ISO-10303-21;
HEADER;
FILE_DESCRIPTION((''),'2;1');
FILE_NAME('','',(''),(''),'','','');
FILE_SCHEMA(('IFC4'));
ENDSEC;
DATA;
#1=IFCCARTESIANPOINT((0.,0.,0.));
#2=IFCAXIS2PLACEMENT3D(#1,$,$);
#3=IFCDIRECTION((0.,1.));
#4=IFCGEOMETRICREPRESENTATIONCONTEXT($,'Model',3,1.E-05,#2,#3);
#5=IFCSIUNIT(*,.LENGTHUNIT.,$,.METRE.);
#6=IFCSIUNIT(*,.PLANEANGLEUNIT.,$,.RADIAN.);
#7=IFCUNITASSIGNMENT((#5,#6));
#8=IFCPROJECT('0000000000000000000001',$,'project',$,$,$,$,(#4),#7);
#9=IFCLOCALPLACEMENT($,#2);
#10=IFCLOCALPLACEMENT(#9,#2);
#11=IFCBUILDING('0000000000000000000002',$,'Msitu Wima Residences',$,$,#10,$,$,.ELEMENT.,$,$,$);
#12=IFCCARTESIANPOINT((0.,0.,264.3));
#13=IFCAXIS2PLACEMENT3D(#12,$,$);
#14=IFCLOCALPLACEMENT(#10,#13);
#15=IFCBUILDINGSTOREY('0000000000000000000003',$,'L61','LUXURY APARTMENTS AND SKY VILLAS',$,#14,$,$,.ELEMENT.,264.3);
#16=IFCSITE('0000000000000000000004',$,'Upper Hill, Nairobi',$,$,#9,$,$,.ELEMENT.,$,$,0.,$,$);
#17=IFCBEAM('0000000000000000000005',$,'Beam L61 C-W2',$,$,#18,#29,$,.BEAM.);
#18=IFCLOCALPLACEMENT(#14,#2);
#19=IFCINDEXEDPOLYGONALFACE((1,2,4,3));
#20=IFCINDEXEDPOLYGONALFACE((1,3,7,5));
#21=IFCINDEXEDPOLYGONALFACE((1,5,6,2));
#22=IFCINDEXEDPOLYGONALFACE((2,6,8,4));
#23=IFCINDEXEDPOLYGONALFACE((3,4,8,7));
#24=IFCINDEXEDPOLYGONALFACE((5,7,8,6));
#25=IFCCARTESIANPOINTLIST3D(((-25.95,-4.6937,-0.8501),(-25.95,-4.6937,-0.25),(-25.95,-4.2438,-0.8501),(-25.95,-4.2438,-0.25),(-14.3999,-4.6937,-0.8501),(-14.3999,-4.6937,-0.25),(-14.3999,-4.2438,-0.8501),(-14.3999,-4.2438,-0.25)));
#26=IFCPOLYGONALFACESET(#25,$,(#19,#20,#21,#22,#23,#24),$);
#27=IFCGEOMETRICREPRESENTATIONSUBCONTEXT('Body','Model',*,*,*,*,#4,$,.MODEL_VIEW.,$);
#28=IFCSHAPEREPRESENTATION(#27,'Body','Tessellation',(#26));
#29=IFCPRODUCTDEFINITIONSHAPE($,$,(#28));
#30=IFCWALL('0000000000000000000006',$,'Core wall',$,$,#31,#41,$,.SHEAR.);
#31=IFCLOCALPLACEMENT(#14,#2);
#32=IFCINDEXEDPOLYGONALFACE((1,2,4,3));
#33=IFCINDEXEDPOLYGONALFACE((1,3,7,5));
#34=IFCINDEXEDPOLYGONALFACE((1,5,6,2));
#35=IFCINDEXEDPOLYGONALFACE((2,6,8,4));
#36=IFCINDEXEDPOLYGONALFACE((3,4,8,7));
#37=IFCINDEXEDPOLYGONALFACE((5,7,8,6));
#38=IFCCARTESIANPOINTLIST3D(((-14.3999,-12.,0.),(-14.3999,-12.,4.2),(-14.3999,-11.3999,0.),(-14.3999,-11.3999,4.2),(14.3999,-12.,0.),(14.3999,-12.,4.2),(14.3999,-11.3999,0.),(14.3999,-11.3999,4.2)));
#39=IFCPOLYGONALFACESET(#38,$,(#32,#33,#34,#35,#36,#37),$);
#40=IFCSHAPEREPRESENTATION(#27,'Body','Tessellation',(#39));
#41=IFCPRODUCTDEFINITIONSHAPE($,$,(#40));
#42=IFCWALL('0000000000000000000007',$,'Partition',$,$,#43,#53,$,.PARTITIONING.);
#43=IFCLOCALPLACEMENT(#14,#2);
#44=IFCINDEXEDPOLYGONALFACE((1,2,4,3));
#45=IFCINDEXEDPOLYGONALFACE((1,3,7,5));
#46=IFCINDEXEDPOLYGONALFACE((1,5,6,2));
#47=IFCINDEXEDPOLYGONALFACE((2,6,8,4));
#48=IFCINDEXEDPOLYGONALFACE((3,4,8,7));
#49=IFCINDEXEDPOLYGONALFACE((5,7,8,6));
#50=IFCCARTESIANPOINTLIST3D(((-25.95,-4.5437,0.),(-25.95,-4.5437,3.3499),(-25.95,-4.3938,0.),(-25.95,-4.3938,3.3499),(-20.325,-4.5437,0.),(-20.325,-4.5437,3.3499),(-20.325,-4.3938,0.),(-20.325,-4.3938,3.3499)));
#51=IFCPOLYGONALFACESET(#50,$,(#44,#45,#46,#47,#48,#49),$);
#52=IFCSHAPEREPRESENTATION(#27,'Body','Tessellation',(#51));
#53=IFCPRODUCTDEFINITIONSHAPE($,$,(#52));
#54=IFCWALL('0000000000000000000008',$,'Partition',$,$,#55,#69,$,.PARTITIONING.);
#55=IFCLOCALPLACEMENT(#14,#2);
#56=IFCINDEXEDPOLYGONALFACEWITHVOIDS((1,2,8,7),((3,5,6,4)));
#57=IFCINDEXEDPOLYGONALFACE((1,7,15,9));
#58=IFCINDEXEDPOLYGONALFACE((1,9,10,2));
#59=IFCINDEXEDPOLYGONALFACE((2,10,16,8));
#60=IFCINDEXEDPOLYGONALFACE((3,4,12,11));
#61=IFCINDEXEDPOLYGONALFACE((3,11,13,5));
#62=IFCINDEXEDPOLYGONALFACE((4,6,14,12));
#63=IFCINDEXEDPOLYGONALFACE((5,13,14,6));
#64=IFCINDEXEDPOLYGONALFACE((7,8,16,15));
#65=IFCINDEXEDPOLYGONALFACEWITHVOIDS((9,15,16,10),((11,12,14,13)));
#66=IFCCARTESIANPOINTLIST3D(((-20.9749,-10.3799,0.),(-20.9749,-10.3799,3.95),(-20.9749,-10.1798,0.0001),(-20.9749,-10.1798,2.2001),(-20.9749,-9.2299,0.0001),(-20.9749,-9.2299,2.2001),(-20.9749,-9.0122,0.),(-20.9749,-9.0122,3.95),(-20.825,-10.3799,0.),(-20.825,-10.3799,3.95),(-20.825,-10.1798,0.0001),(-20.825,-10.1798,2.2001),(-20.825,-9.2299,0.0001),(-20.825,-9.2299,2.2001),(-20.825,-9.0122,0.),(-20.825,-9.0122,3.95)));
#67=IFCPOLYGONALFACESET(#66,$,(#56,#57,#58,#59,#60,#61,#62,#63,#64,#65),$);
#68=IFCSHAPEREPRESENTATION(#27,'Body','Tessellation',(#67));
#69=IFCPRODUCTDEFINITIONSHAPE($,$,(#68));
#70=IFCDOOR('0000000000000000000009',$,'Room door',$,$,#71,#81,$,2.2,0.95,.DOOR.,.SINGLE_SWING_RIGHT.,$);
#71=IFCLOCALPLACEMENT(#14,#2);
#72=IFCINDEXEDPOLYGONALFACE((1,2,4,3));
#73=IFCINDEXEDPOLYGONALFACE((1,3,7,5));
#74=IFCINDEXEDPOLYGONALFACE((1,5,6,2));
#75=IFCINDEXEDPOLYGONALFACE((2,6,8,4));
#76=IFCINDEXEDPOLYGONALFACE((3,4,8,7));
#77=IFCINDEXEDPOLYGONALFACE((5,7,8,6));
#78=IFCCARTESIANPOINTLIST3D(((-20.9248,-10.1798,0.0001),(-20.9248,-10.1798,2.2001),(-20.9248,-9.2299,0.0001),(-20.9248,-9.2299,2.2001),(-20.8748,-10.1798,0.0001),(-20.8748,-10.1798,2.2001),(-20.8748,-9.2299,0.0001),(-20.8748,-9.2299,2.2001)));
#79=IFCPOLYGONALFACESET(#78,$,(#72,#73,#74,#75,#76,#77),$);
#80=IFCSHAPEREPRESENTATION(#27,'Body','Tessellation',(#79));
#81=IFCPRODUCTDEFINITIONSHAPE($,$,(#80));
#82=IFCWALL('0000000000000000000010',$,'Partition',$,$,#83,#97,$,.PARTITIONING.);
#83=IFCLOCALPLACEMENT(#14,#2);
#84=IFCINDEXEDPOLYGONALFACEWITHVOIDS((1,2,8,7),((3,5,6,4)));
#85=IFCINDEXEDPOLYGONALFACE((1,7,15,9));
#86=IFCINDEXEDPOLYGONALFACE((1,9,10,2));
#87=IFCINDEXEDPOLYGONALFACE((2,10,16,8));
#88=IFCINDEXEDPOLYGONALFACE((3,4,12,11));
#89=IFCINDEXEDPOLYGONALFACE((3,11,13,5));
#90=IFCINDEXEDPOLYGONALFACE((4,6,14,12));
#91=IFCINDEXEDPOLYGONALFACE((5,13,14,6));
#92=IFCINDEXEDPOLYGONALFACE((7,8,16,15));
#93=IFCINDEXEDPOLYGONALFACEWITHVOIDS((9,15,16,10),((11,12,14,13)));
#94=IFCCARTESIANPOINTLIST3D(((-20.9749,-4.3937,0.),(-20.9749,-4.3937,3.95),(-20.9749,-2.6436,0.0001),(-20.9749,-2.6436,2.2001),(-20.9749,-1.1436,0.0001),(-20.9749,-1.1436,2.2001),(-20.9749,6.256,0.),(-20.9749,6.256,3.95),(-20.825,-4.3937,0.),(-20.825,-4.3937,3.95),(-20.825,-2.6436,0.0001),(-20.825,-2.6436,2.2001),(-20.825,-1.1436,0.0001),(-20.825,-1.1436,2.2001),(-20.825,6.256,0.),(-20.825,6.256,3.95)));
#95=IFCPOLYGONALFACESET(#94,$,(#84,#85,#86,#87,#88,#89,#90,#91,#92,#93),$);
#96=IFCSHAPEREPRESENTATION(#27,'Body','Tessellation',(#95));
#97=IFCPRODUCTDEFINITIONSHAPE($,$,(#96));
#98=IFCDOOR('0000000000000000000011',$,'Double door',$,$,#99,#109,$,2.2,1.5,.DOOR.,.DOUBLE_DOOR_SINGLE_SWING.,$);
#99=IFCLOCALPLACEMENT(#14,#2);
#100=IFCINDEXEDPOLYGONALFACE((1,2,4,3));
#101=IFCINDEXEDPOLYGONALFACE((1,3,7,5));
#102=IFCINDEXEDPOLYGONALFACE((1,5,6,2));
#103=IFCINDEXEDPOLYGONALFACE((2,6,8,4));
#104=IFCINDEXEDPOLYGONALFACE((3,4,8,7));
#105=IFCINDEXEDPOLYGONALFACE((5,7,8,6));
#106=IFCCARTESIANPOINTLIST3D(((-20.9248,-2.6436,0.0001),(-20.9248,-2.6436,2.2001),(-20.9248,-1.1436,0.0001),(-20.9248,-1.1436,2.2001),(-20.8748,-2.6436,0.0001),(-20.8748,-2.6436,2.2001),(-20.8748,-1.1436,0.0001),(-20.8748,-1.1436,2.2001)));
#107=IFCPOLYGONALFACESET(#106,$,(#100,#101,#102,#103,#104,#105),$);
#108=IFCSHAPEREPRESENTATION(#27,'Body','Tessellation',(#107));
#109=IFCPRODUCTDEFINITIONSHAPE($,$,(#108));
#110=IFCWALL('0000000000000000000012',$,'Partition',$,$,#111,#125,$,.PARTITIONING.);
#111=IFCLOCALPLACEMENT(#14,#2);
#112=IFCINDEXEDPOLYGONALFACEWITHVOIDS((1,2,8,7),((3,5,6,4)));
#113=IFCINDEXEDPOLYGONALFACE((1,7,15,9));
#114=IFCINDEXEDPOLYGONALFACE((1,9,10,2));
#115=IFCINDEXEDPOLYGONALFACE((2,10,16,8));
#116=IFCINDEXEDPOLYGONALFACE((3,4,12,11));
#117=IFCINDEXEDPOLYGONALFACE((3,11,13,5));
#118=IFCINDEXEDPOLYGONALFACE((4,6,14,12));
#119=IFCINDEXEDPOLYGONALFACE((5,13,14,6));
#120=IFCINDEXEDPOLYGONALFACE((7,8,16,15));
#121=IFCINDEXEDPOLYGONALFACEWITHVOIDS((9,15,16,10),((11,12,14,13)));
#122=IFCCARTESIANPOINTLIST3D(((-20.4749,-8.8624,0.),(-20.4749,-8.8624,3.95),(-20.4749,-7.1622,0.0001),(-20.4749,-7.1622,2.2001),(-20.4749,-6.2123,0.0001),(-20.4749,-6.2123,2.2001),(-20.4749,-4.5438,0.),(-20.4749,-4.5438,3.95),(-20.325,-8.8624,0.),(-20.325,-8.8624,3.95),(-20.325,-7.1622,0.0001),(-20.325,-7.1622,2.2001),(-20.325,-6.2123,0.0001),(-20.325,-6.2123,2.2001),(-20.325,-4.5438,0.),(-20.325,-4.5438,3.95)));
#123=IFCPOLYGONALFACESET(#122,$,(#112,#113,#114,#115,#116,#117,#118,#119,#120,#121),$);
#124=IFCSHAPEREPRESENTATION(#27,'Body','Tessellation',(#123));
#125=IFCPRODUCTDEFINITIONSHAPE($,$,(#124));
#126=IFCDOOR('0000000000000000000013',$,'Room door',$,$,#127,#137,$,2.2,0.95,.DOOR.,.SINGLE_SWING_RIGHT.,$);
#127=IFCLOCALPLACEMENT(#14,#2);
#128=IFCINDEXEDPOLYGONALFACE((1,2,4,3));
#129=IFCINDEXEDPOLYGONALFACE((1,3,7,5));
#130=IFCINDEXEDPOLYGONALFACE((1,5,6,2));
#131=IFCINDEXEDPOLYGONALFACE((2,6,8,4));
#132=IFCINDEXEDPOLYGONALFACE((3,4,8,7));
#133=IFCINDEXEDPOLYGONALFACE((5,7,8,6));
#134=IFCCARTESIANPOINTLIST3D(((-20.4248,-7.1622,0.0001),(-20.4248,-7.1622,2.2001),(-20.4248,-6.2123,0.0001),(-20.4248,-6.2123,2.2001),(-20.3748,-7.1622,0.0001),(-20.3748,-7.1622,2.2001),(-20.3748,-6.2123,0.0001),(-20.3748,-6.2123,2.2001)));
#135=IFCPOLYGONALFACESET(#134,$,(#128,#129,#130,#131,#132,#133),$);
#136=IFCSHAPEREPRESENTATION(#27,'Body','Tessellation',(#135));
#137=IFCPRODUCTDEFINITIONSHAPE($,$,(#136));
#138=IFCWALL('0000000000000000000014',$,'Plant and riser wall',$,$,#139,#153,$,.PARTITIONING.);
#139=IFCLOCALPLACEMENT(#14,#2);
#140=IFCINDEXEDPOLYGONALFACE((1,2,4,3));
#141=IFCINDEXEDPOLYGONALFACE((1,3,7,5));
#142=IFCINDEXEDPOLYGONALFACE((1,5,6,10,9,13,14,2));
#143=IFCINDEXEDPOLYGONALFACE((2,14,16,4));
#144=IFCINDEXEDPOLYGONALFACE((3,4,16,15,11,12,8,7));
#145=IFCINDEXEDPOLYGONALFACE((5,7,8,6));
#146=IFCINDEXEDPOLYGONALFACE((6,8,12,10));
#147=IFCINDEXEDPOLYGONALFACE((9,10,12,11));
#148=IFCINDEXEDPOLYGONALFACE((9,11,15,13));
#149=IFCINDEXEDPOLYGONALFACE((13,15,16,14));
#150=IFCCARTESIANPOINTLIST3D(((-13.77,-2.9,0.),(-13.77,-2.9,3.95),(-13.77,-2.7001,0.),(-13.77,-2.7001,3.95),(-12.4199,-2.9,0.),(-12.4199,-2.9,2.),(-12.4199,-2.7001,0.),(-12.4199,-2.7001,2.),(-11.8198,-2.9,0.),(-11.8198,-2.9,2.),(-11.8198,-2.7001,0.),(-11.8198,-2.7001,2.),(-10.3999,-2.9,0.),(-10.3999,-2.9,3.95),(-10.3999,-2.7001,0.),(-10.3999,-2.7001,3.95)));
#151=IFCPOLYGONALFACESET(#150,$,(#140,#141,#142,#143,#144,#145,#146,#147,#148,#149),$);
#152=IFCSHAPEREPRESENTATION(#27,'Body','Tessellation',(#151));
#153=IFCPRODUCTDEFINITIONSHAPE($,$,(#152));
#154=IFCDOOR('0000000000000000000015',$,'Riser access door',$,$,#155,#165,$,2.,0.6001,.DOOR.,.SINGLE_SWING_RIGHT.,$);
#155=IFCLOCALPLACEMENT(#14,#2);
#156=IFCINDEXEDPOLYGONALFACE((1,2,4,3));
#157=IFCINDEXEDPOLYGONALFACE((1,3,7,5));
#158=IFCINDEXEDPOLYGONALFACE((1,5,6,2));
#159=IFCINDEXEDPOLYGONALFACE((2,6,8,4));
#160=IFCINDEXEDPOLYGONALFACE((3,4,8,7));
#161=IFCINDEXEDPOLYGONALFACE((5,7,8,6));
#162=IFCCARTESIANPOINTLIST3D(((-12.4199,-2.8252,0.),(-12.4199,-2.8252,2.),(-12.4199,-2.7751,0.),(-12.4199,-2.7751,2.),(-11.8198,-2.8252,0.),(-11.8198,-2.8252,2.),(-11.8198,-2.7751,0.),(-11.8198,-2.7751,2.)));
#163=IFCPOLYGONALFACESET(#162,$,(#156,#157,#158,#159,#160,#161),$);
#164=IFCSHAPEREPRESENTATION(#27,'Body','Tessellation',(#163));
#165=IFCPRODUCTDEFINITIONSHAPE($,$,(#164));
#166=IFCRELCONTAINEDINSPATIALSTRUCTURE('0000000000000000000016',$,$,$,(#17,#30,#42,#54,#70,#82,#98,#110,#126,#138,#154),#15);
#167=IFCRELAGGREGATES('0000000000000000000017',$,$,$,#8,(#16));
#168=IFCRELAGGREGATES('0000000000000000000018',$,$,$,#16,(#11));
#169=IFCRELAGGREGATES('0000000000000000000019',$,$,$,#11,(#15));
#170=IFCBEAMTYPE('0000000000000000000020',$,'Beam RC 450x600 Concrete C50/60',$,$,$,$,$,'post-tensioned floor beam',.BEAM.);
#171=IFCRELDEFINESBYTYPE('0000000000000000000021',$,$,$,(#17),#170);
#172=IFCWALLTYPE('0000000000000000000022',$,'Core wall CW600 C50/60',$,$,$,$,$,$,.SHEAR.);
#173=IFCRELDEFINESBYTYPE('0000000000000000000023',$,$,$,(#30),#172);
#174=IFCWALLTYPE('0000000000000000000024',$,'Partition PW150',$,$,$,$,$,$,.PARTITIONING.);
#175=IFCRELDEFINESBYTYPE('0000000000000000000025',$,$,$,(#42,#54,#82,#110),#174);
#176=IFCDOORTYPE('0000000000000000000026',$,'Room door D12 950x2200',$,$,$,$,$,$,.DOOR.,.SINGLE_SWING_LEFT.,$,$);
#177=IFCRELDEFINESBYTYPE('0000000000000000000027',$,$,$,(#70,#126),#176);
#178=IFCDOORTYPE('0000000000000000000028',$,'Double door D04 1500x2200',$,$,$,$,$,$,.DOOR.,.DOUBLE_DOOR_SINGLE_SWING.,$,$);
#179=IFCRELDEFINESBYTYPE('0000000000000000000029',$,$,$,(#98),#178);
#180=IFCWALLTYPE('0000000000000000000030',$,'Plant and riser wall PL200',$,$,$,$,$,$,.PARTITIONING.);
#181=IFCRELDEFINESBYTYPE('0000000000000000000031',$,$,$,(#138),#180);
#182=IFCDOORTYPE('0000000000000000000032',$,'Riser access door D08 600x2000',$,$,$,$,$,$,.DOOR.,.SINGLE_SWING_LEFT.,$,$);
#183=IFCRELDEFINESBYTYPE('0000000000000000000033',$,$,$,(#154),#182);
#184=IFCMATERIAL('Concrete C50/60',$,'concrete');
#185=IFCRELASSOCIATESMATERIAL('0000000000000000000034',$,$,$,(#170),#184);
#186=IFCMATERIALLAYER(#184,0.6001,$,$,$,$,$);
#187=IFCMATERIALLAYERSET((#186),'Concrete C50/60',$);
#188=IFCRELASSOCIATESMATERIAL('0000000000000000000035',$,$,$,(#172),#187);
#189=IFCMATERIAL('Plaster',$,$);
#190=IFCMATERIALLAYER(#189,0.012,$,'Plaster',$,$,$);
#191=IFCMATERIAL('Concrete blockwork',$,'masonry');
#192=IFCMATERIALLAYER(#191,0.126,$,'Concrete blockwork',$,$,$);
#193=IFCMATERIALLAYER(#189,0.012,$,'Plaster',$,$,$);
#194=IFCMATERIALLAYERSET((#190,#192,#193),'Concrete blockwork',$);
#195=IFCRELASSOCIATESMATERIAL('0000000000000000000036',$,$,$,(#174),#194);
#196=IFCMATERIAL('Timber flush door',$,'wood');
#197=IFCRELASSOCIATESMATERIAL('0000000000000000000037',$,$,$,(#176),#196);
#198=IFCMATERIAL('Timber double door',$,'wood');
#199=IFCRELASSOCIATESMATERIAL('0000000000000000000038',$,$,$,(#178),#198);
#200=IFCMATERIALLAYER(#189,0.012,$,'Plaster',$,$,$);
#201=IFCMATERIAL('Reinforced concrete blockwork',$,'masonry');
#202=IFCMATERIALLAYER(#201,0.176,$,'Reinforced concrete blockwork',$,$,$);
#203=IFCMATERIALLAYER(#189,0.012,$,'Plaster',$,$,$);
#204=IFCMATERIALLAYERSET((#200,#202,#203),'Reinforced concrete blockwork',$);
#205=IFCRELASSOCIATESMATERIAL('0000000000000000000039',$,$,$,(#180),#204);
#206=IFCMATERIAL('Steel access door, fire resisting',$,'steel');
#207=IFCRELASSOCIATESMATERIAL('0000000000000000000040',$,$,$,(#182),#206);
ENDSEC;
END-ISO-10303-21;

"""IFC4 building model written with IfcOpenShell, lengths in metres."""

from ifc_helpers import new_model, si_unit, direction, frame, frame_2d, origin, origin_2d, place, context, subcontext, project, spatial, rectangle, extrude, material, layer, layer_set, material_profile, profile_set, type_object, element, fill, save


model = new_model("IFC4")

# Units and contexts
model_context = context("Model", 3, precision=1e-05, world=origin(), true_north=direction((0.0, 1.0)))
body_context = subcontext(model_context, "Body", "Model", "MODEL_VIEW")
ifc_project = project(units=[si_unit("LENGTHUNIT", "METRE"), si_unit("PLANEANGLEUNIT", "RADIAN")], contexts=[model_context])

# Site, building, storey
site_placement = place(None, origin())
site = spatial("IfcSite", under=ifc_project, at=site_placement, Name="Upper Hill, Nairobi", CompositionType="ELEMENT", RefElevation=0.0)
building_placement = place(site_placement, origin())
building = spatial("IfcBuilding", under=site, at=building_placement, Name="Msitu Wima Residences", CompositionType="ELEMENT")
storey_placement = place(building_placement, frame((0.0, 0.0, 264.3)))
storey = spatial("IfcBuildingStorey", under=building, at=storey_placement, Name="L61", Description="LUXURY APARTMENTS AND SKY VILLAS", CompositionType="ELEMENT", Elevation=264.3)

# Beam
ifc_material_1 = material(Name="Concrete C50/60", Category="concrete")
ifc_material_profile = material_profile(ifc_material_1, rectangle(XDim=0.45, YDim=0.6001, at=origin_2d()), Name="RC 450x600")
ifc_profile_set = profile_set([ifc_material_profile], Name="Concrete C50/60")
beam_type = type_object("IfcBeamType", Name="Beam RC 450x600 Concrete C50/60", ElementType="post-tensioned floor beam", PredefinedType="BEAM", material=ifc_profile_set)
beam_placement = place(storey_placement, frame((-25.95, -4.4688, -0.55), z_axis=(1.0, 0.0, 0.0), x_axis=(0.0, 1.0, 0.0)))
element("IfcBeam", 1, at=beam_placement, inside=storey, type_object=beam_type, Name="Beam L61 C-W2", PredefinedType="BEAM", context=body_context, shape_type="SweptSolid", body=[
    extrude(rectangle(XDim=0.45, YDim=0.6001, at=origin_2d()), origin(), (0.0, 0.0, 1.0), 11.55),
])

# Wall
ifc_layer_1 = layer(ifc_material_1, 0.6001)
ifc_layer_set_1 = layer_set([ifc_layer_1], Name="Concrete C50/60")
wall_type_1 = type_object("IfcWallType", Name="Core wall CW600 C50/60", PredefinedType="SHEAR", material=ifc_layer_set_1)
wall_1_placement = place(storey_placement, frame((-14.3999, -11.7, 0.0), z_axis=(0.0, 0.0, 1.0), x_axis=(1.0, 0.0, 0.0)))
element("IfcWall", 2, at=wall_1_placement, inside=storey, type_object=wall_type_1, Name="Core wall", PredefinedType="SHEAR", context=body_context, shape_type="SweptSolid", body=[
    extrude(rectangle(XDim=28.7998, YDim=0.6001, at=frame_2d((14.3999, 0.0))), origin(), (0.0, 0.0, 1.0), 4.2),
])

# Wall
ifc_material_2 = material(Name="Plaster")
ifc_layer_2 = layer(ifc_material_2, 0.012, Name="Plaster")
ifc_material_3 = material(Name="Concrete blockwork", Category="masonry")
ifc_layer_3 = layer(ifc_material_3, 0.126, Name="Concrete blockwork")
ifc_layer_4 = layer(ifc_material_2, 0.012, Name="Plaster")
ifc_layer_set_2 = layer_set([ifc_layer_2, ifc_layer_3, ifc_layer_4], Name="Concrete blockwork")
wall_type_2 = type_object("IfcWallType", Name="Partition PW150", PredefinedType="PARTITIONING", material=ifc_layer_set_2)
wall_2_placement = place(storey_placement, frame((-25.95, -4.4688, 0.0), z_axis=(0.0, 0.0, 1.0), x_axis=(1.0, 0.0, 0.0)))
element("IfcWall", 3, at=wall_2_placement, inside=storey, type_object=wall_type_2, Name="Partition", PredefinedType="PARTITIONING", context=body_context, shape_type="SweptSolid", body=[
    extrude(rectangle(XDim=5.625, YDim=0.1499, at=frame_2d((2.8125, 0.0))), origin(), (0.0, 0.0, 1.0), 3.3499),
])

# Walls, openings, doors
wall_3_placement = place(storey_placement, frame((-20.8999, -10.3799, 0.0), z_axis=(0.0, 0.0, 1.0), x_axis=(0.0, 1.0, 0.0)))
wall_3 = element("IfcWall", 4, at=wall_3_placement, inside=storey, type_object=wall_type_2, Name="Partition", PredefinedType="PARTITIONING", context=body_context, shape_type="SweptSolid", body=[
    extrude(rectangle(XDim=1.3677, YDim=0.1499, at=frame_2d((0.6838, 0.0))), origin(), (0.0, 0.0, 1.0), 3.95),
])
opening_1_placement = place(wall_3_placement, frame((0.2, 0.0, 0.0)))
opening_1 = element("IfcOpeningElement", 5, at=opening_1_placement, cuts=wall_3, PredefinedType="OPENING", context=body_context, shape_type="SweptSolid", body=[
    extrude(rectangle(XDim=0.95, YDim=2.2, at=frame_2d((0.4751, 1.1001))), frame((0.0, 0.085, 0.0), z_axis=(0.0, -1.0, 0.0), x_axis=(1.0, 0.0, 0.0)), (0.0, 0.0, 1.0), 0.1699),
])
ifc_material_4 = material(Name="Timber flush door", Category="wood")
door_type_1 = type_object("IfcDoorType", Name="Room door D12 950x2200", OperationType="SINGLE_SWING_LEFT", PredefinedType="DOOR", material=ifc_material_4)
door_1_placement = place(opening_1_placement, origin())
door_1 = element("IfcDoor", 6, at=door_1_placement, inside=storey, type_object=door_type_1, Name="Room door", OperationType="SINGLE_SWING_RIGHT", OverallHeight=2.2, OverallWidth=0.95, PredefinedType="DOOR", context=body_context, shape_type="SweptSolid", body=[
    extrude(rectangle(XDim=0.95, YDim=2.2, at=frame_2d((0.4751, 1.1001))), frame((0.0, 0.0249, 0.0), z_axis=(0.0, -1.0, 0.0), x_axis=(1.0, 0.0, 0.0)), (0.0, 0.0, 1.0), 0.05),
])
fill(opening_1, door_1)
wall_4_placement = place(storey_placement, frame((-20.8999, -4.3936, 0.0), z_axis=(0.0, 0.0, 1.0), x_axis=(0.0, 1.0, 0.0)))
wall_4 = element("IfcWall", 7, at=wall_4_placement, inside=storey, type_object=wall_type_2, Name="Partition", PredefinedType="PARTITIONING", context=body_context, shape_type="SweptSolid", body=[
    extrude(rectangle(XDim=10.6497, YDim=0.1499, at=frame_2d((5.3247, 0.0))), origin(), (0.0, 0.0, 1.0), 3.95),
])
opening_2_placement = place(wall_4_placement, frame((1.75, 0.0, 0.0)))
opening_2 = element("IfcOpeningElement", 8, at=opening_2_placement, cuts=wall_4, PredefinedType="OPENING", context=body_context, shape_type="SweptSolid", body=[
    extrude(rectangle(XDim=1.5, YDim=2.2, at=frame_2d((0.75, 1.1001))), frame((0.0, 0.085, 0.0), z_axis=(0.0, -1.0, 0.0), x_axis=(1.0, 0.0, 0.0)), (0.0, 0.0, 1.0), 0.1699),
])
ifc_material_5 = material(Name="Timber double door", Category="wood")
door_type_2 = type_object("IfcDoorType", Name="Double door D04 1500x2200", OperationType="DOUBLE_DOOR_SINGLE_SWING", PredefinedType="DOOR", material=ifc_material_5)
door_2_placement = place(opening_2_placement, origin())
door_2 = element("IfcDoor", 9, at=door_2_placement, inside=storey, type_object=door_type_2, Name="Double door", OperationType="DOUBLE_DOOR_SINGLE_SWING", OverallHeight=2.2, OverallWidth=1.5, PredefinedType="DOOR", context=body_context, shape_type="SweptSolid", body=[
    extrude(rectangle(XDim=1.5, YDim=2.2, at=frame_2d((0.75, 1.1001))), frame((0.0, 0.0249, 0.0), z_axis=(0.0, -1.0, 0.0), x_axis=(1.0, 0.0, 0.0)), (0.0, 0.0, 1.0), 0.05),
])
fill(opening_2, door_2)
wall_5_placement = place(storey_placement, frame((-20.3999, -8.8623, 0.0), z_axis=(0.0, 0.0, 1.0), x_axis=(0.0, 1.0, 0.0)))
wall_5 = element("IfcWall", 10, at=wall_5_placement, inside=storey, type_object=wall_type_2, Name="Partition", PredefinedType="PARTITIONING", context=body_context, shape_type="SweptSolid", body=[
    extrude(rectangle(XDim=4.3186, YDim=0.1499, at=frame_2d((2.1592, 0.0))), origin(), (0.0, 0.0, 1.0), 3.95),
])
opening_3_placement = place(wall_5_placement, frame((1.7, 0.0, 0.0)))
opening_3 = element("IfcOpeningElement", 11, at=opening_3_placement, cuts=wall_5, PredefinedType="OPENING", context=body_context, shape_type="SweptSolid", body=[
    extrude(rectangle(XDim=0.95, YDim=2.2, at=frame_2d((0.4751, 1.1001))), frame((0.0, 0.085, 0.0), z_axis=(0.0, -1.0, 0.0), x_axis=(1.0, 0.0, 0.0)), (0.0, 0.0, 1.0), 0.1699),
])
door_3_placement = place(opening_3_placement, origin())
door_3 = element("IfcDoor", 12, at=door_3_placement, inside=storey, type_object=door_type_1, Name="Room door", OperationType="SINGLE_SWING_RIGHT", OverallHeight=2.2, OverallWidth=0.95, PredefinedType="DOOR", context=body_context, shape_type="SweptSolid", body=[
    extrude(rectangle(XDim=0.95, YDim=2.2, at=frame_2d((0.4751, 1.1001))), frame((0.0, 0.0249, 0.0), z_axis=(0.0, -1.0, 0.0), x_axis=(1.0, 0.0, 0.0)), (0.0, 0.0, 1.0), 0.05),
])
fill(opening_3, door_3)
ifc_layer_5 = layer(ifc_material_2, 0.012, Name="Plaster")
ifc_material_6 = material(Name="Reinforced concrete blockwork", Category="masonry")
ifc_layer_6 = layer(ifc_material_6, 0.176, Name="Reinforced concrete blockwork")
ifc_layer_7 = layer(ifc_material_2, 0.012, Name="Plaster")
ifc_layer_set_3 = layer_set([ifc_layer_5, ifc_layer_6, ifc_layer_7], Name="Reinforced concrete blockwork")
wall_type_3 = type_object("IfcWallType", Name="Plant and riser wall PL200", PredefinedType="PARTITIONING", material=ifc_layer_set_3)
wall_6_placement = place(storey_placement, frame((-13.77, -2.8, 0.0), z_axis=(0.0, 0.0, 1.0), x_axis=(1.0, 0.0, 0.0)))
wall_6 = element("IfcWall", 13, at=wall_6_placement, inside=storey, type_object=wall_type_3, Name="Plant and riser wall", PredefinedType="PARTITIONING", context=body_context, shape_type="SweptSolid", body=[
    extrude(rectangle(XDim=3.3701, YDim=0.2, at=frame_2d((1.6851, 0.0))), origin(), (0.0, 0.0, 1.0), 3.95),
])
opening_4_placement = place(wall_6_placement, frame((1.3501, 0.0, 0.0)))
opening_4 = element("IfcOpeningElement", 14, at=opening_4_placement, cuts=wall_6, PredefinedType="OPENING", context=body_context, shape_type="SweptSolid", body=[
    extrude(rectangle(XDim=0.6001, YDim=2.0, at=frame_2d((0.3, 1.0))), frame((0.0, 0.1099, 0.0), z_axis=(0.0, -1.0, 0.0), x_axis=(1.0, 0.0, 0.0)), (0.0, 0.0, 1.0), 0.22),
])
ifc_material_7 = material(Name="Steel access door, fire resisting", Category="steel")
door_type_3 = type_object("IfcDoorType", Name="Riser access door D08 600x2000", OperationType="SINGLE_SWING_LEFT", PredefinedType="DOOR", material=ifc_material_7)
door_4_placement = place(opening_4_placement, origin())
door_4 = element("IfcDoor", 15, at=door_4_placement, inside=storey, type_object=door_type_3, Name="Riser access door", OperationType="SINGLE_SWING_RIGHT", OverallHeight=2.0, OverallWidth=0.6001, PredefinedType="DOOR", context=body_context, shape_type="SweptSolid", body=[
    extrude(rectangle(XDim=0.6001, YDim=2.0, at=frame_2d((0.3, 1.0))), frame((0.0, 0.0249, 0.0), z_axis=(0.0, -1.0, 0.0), x_axis=(1.0, 0.0, 0.0)), (0.0, 0.0, 1.0), 0.05),
])
fill(opening_4, door_4)

save(model, "model.ifc")
